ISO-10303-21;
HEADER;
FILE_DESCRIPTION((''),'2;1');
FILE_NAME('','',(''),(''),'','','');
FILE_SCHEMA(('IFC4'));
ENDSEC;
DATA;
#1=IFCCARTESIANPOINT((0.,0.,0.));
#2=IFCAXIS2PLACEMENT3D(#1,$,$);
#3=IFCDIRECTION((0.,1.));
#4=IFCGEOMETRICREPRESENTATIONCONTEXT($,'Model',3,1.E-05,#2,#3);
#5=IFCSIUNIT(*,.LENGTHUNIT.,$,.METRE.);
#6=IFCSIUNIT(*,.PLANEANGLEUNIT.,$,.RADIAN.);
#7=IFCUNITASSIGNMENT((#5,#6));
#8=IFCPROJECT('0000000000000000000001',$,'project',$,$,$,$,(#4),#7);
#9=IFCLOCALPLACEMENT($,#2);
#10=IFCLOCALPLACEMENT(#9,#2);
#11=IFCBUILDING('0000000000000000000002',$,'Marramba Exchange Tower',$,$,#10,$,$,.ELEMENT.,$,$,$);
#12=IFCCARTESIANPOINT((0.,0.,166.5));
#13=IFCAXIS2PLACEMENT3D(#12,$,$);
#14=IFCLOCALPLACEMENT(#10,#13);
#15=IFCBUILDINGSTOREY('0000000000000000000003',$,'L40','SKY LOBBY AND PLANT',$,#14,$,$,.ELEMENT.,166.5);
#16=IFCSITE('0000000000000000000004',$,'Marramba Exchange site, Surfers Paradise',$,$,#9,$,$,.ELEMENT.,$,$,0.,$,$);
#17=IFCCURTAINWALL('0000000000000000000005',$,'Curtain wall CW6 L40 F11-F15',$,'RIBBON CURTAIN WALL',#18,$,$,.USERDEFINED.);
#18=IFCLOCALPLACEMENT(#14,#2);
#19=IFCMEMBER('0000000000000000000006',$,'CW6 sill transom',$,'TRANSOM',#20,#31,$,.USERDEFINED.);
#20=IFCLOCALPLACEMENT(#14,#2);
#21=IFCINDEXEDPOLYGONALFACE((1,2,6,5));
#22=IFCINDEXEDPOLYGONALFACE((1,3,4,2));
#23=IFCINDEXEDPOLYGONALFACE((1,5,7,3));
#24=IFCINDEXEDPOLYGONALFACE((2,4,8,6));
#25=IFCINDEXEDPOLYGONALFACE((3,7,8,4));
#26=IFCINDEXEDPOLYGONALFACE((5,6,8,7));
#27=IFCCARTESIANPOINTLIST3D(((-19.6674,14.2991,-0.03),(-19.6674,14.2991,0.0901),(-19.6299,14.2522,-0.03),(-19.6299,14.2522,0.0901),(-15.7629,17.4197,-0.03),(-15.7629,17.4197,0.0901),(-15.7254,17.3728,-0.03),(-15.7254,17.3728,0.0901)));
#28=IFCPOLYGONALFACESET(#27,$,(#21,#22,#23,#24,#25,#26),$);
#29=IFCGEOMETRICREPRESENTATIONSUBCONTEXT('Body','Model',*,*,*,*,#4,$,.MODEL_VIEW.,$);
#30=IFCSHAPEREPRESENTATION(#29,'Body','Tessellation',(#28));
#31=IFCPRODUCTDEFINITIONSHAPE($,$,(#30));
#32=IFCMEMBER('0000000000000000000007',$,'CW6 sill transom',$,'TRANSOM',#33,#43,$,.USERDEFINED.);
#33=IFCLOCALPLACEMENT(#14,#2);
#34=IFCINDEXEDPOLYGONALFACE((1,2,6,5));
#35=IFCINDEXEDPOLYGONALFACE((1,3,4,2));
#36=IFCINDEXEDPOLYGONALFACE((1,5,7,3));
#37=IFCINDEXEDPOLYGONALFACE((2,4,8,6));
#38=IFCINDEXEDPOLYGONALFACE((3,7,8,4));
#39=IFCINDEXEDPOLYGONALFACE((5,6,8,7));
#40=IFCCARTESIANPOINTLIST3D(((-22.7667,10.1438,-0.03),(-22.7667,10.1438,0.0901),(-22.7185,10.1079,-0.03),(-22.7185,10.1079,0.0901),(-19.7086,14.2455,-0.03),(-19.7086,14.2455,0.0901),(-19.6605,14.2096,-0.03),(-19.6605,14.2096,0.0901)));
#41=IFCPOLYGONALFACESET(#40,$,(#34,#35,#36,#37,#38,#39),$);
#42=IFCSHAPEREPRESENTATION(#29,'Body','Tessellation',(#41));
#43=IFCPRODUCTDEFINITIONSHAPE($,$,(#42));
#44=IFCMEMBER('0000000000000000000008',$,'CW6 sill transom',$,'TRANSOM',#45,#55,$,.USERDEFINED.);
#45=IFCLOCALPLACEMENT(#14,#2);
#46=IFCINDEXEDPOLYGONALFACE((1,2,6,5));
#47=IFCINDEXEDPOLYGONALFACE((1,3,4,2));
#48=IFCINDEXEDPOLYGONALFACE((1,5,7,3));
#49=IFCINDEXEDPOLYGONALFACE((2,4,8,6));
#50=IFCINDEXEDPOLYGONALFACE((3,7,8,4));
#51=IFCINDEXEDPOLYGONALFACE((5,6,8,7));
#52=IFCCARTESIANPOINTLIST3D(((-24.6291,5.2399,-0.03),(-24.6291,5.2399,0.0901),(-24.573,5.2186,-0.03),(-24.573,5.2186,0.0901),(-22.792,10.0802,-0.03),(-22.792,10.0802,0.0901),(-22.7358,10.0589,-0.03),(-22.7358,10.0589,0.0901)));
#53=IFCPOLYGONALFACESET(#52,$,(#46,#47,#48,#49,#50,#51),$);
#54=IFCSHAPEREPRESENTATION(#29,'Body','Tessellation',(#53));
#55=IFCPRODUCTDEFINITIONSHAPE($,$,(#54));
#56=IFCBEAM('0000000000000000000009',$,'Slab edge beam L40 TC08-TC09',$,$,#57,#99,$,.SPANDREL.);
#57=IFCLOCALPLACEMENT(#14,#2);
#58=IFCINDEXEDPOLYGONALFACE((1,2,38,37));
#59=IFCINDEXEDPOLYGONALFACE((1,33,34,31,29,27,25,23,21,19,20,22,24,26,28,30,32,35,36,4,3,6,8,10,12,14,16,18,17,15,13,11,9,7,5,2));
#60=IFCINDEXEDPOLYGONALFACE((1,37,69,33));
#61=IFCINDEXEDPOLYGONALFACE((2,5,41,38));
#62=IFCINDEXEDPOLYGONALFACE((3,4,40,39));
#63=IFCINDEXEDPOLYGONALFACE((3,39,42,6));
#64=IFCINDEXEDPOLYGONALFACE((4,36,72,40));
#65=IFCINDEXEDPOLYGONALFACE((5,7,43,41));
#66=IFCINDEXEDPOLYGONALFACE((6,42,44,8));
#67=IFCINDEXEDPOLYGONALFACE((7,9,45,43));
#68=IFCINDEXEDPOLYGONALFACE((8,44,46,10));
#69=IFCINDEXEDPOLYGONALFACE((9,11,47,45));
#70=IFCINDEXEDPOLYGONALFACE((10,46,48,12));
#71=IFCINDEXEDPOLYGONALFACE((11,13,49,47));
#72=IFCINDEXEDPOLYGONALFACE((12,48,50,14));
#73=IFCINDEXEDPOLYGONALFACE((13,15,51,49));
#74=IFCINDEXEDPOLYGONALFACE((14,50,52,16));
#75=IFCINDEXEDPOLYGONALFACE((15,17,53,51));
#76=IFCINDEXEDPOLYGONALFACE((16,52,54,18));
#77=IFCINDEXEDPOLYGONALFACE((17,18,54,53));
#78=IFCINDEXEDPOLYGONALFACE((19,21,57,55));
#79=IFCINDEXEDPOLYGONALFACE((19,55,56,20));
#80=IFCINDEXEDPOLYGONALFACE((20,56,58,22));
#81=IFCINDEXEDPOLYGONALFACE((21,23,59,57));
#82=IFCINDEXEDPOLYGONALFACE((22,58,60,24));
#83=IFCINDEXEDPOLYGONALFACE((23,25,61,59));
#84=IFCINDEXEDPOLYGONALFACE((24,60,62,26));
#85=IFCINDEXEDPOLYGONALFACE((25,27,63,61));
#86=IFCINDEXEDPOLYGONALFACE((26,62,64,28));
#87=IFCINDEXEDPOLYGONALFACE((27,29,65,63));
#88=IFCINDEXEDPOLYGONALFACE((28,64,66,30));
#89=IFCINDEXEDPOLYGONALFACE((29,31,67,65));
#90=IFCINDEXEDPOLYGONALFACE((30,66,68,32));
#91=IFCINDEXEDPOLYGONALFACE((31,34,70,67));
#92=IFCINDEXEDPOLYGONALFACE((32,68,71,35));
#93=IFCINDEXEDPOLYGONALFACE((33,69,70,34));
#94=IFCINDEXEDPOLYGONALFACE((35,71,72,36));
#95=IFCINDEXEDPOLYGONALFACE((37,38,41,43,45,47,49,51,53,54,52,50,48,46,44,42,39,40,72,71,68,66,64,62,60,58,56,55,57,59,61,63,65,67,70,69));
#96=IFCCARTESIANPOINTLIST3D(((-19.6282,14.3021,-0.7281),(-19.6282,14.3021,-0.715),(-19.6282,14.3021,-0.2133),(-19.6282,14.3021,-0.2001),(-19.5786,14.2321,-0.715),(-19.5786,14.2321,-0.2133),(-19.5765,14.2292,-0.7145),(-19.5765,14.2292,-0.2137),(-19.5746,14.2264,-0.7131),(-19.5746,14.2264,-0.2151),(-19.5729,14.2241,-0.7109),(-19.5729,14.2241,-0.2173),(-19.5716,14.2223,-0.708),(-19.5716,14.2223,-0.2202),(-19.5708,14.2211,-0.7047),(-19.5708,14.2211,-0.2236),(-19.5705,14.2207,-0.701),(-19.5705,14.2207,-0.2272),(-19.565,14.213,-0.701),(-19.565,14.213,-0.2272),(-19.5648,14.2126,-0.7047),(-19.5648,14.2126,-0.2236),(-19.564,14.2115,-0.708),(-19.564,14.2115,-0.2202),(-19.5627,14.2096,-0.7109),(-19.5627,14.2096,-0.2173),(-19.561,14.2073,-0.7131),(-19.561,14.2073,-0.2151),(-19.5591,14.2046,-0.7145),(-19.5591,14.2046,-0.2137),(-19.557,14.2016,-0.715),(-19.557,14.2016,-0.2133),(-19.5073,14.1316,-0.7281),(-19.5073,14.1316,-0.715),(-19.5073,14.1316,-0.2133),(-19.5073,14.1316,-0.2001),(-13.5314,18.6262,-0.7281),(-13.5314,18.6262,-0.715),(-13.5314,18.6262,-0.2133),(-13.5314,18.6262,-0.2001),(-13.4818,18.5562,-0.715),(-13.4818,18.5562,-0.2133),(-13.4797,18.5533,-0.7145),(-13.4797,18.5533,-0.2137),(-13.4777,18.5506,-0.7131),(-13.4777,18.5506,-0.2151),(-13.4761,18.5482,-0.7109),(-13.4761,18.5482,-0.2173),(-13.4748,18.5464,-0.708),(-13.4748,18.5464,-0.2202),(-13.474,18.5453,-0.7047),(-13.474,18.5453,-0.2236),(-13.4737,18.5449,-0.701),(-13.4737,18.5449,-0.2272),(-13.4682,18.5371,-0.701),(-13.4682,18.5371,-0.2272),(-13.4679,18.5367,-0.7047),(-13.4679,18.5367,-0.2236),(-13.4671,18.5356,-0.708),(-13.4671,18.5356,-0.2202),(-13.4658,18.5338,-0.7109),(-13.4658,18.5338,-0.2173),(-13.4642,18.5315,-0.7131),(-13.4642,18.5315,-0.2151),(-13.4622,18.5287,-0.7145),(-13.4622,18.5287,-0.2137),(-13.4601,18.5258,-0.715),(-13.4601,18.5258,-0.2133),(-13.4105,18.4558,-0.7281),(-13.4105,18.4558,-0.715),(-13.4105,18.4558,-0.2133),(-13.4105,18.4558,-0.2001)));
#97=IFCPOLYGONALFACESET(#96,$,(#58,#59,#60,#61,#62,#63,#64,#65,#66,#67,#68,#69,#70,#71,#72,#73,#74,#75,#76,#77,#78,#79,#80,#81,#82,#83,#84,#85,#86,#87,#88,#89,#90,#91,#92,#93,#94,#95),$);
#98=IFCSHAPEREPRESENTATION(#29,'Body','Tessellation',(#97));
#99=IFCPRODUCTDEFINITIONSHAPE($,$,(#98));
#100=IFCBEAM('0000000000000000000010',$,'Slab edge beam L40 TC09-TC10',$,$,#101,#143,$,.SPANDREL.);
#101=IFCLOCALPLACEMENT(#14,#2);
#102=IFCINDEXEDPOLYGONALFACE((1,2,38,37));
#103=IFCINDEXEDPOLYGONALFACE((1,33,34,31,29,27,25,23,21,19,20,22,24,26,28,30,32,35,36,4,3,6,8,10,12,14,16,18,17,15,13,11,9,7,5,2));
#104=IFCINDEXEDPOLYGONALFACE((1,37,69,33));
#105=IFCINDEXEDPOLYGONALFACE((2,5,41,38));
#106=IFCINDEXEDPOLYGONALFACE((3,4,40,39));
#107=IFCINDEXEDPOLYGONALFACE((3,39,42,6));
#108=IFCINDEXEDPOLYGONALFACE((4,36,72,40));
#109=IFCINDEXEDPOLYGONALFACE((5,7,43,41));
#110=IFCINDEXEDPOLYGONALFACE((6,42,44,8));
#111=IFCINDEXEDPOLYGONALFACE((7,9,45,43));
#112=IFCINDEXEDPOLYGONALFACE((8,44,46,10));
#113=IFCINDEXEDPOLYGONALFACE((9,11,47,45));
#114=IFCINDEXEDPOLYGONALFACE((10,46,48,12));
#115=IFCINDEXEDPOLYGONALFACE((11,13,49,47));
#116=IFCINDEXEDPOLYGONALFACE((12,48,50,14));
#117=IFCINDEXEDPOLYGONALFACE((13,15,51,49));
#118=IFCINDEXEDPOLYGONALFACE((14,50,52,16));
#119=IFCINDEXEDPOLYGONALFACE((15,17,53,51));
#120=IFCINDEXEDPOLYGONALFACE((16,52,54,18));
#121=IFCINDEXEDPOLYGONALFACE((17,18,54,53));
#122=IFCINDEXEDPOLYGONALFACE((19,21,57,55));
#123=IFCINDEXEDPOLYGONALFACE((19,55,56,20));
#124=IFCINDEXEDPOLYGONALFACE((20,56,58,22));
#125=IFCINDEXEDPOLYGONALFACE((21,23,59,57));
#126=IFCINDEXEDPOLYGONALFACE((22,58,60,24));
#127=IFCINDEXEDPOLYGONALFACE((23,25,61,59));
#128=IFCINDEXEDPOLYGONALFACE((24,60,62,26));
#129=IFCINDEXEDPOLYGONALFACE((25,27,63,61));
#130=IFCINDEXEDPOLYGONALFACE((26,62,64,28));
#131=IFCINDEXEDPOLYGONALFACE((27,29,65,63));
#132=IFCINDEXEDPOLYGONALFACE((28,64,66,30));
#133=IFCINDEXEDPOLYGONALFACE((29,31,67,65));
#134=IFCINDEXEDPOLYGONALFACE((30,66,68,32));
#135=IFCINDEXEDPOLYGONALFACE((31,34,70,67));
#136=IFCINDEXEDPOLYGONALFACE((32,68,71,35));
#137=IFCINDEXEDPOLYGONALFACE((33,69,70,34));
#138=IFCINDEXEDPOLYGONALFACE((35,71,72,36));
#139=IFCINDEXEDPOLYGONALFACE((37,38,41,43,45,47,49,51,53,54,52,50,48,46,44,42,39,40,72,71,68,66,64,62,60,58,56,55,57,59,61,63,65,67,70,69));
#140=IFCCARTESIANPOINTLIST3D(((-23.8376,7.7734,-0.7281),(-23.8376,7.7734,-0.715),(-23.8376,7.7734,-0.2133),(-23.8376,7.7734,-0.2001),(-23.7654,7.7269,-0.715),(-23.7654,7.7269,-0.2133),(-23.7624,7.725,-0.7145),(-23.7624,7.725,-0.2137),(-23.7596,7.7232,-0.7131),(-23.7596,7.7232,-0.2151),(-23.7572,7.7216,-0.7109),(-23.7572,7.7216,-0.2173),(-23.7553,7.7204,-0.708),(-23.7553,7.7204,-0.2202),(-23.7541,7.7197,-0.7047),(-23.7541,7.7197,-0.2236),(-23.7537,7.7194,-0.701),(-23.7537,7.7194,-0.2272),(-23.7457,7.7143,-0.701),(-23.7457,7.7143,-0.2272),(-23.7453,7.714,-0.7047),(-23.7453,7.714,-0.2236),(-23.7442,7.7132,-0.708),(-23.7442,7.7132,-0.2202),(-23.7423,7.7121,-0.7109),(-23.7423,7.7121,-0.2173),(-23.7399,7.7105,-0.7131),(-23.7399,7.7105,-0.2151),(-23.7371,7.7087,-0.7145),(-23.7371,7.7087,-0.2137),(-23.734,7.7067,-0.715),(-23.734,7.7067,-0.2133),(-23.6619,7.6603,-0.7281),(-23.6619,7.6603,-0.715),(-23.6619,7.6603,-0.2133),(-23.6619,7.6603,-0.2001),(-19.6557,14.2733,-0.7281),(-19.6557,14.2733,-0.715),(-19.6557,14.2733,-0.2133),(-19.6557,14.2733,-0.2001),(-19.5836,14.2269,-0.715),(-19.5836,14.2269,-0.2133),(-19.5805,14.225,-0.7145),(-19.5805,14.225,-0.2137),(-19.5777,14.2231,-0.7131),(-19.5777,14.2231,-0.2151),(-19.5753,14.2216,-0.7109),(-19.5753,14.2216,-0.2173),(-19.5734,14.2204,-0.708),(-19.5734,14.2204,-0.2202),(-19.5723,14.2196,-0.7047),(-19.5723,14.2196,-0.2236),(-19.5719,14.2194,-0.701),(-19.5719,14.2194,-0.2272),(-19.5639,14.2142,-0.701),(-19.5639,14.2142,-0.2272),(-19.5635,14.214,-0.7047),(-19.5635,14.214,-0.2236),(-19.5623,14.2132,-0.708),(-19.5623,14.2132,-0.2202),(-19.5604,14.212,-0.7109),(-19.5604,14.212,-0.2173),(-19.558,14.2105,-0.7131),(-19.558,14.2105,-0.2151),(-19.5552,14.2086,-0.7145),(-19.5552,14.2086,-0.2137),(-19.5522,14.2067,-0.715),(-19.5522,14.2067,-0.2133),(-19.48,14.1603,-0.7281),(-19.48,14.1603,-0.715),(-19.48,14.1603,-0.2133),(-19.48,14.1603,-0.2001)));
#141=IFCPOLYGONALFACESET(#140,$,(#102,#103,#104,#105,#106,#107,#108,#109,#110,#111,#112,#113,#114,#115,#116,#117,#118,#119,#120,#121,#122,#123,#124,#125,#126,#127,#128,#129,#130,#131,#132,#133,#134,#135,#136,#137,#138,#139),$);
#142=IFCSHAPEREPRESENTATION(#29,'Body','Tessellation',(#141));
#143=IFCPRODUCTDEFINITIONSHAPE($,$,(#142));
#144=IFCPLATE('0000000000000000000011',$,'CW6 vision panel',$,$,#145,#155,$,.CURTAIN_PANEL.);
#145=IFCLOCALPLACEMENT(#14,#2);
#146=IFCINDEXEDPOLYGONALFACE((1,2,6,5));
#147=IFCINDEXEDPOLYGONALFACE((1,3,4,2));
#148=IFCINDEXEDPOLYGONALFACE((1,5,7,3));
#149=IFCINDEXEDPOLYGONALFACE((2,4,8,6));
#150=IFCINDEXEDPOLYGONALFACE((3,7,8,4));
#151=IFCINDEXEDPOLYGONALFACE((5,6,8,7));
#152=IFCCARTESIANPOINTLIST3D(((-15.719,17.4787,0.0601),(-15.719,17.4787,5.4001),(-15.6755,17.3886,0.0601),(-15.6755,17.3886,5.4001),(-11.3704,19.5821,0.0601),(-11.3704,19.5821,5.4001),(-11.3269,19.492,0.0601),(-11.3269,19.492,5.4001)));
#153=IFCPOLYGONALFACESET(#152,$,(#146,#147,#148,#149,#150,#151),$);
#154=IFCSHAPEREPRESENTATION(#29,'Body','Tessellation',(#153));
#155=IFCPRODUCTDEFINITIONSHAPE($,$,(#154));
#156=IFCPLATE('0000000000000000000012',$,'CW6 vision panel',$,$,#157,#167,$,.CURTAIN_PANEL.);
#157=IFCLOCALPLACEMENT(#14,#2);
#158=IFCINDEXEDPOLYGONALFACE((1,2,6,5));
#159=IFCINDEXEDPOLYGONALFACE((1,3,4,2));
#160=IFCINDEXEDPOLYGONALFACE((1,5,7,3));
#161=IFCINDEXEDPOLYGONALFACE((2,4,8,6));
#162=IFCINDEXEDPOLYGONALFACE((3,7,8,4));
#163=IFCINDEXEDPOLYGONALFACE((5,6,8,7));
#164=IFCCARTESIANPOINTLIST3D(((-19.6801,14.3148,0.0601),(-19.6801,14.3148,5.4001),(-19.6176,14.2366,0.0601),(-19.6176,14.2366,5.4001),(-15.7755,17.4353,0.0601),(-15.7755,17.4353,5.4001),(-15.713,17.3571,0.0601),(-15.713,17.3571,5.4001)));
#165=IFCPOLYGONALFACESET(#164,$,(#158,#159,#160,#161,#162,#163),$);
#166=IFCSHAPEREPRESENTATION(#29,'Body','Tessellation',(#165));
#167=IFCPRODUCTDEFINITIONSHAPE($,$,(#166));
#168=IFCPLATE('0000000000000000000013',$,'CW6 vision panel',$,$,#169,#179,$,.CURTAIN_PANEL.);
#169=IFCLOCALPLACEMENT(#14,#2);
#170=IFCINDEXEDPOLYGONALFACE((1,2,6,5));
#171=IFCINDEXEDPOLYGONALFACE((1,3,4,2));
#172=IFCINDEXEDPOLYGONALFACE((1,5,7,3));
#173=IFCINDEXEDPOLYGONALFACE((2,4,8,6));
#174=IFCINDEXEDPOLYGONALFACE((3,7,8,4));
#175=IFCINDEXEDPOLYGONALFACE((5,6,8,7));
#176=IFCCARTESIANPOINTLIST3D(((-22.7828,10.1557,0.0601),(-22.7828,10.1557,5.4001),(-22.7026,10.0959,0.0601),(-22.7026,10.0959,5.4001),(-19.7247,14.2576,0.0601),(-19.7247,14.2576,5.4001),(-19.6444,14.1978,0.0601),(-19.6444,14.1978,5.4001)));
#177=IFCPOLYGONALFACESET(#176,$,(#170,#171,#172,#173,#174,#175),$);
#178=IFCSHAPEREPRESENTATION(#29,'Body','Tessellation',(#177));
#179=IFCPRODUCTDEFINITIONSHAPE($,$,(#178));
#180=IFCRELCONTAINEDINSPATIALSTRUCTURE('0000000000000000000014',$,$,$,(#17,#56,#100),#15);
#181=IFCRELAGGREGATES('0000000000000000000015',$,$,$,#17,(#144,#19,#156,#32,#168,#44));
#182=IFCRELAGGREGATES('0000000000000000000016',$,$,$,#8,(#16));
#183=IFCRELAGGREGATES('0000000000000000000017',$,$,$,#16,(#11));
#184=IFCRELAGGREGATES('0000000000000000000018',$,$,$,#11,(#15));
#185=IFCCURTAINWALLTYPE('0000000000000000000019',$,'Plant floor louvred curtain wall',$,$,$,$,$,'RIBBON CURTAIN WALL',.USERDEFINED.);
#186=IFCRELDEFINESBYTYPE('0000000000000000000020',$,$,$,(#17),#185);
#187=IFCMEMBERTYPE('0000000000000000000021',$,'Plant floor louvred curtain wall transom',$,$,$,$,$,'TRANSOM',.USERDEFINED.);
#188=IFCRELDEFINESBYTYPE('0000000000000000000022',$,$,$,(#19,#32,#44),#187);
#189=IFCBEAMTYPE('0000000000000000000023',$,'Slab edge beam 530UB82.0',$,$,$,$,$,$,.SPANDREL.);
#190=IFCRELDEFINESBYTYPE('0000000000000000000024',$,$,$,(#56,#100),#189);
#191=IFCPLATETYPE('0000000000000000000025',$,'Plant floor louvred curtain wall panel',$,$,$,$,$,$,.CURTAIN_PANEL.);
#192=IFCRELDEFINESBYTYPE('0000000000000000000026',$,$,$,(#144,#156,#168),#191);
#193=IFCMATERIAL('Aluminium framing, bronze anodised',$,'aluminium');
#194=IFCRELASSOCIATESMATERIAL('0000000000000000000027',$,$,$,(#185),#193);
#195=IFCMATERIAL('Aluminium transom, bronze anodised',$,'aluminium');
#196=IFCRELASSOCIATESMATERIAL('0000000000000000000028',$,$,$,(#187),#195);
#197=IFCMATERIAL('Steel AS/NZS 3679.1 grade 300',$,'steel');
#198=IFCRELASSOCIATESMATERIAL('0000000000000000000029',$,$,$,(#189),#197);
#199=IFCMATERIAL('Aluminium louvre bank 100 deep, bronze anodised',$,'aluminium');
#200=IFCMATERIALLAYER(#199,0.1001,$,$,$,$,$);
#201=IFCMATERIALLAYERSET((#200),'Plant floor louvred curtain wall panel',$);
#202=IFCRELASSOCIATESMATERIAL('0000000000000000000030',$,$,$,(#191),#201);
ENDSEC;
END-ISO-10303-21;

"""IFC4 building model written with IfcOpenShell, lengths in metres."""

from ifc_helpers import new_model, si_unit, direction, frame, origin, origin_2d, place, context, subcontext, project, spatial, rectangle, i_section, extrude, material, layer, layer_set, material_profile, profile_set, type_object, element, aggregate, save


model = new_model("IFC4")

# Units and contexts
model_context = context("Model", 3, precision=1e-05, world=origin(), true_north=direction((0.0, 1.0)))
body_context = subcontext(model_context, "Body", "Model", "MODEL_VIEW")
ifc_project = project(units=[si_unit("LENGTHUNIT", "METRE"), si_unit("PLANEANGLEUNIT", "RADIAN")], contexts=[model_context])

# Site, building, storey
site_placement = place(None, origin())
site = spatial("IfcSite", under=ifc_project, at=site_placement, Name="Marramba Exchange site, Surfers Paradise", CompositionType="ELEMENT", RefElevation=0.0)
building_placement = place(site_placement, origin())
building = spatial("IfcBuilding", under=site, at=building_placement, Name="Marramba Exchange Tower", CompositionType="ELEMENT")
storey_placement = place(building_placement, frame((0.0, 0.0, 166.5)))
storey = spatial("IfcBuildingStorey", under=building, at=storey_placement, Name="L40", Description="SKY LOBBY AND PLANT", CompositionType="ELEMENT", Elevation=166.5)

# Shared definitions
ifc_material_1 = material(Name="Steel AS/NZS 3679.1 grade 300", Category="steel")

# Curtain wall, members
ifc_material_2 = material(Name="Aluminium framing, bronze anodised", Category="aluminium")
curtain_wall_type = type_object("IfcCurtainWallType", Name="Plant floor louvred curtain wall", ElementType="RIBBON CURTAIN WALL", PredefinedType="USERDEFINED", material=ifc_material_2)
curtain_wall_placement = place(storey_placement, origin())
curtain_wall = element("IfcCurtainWall", 1, at=curtain_wall_placement, inside=storey, type_object=curtain_wall_type, Name="Curtain wall CW6 L40 F11-F15", ObjectType="RIBBON CURTAIN WALL", PredefinedType="USERDEFINED")
ifc_material_3 = material(Name="Aluminium transom, bronze anodised", Category="aluminium")
ifc_material_profile_1 = material_profile(ifc_material_3, rectangle(XDim=0.0601, YDim=0.1201, at=origin_2d()), Name="CW6 transom 60x120")
ifc_profile_set_1 = profile_set([ifc_material_profile_1], Name="Aluminium transom, bronze anodised")
member_type_1 = type_object("IfcMemberType", Name="Plant floor louvred curtain wall transom", ElementType="TRANSOM", PredefinedType="USERDEFINED", material=ifc_profile_set_1)
member_1_placement = place(storey_placement, frame((-15.7441, 17.3962, 0.03), z_axis=(-0.781164, -0.624326, 0.0), x_axis=(0.624326, -0.781164, 0.0)))
member_1 = element("IfcMember", 2, at=member_1_placement, type_object=member_type_1, Name="CW6 sill transom", ObjectType="TRANSOM", PredefinedType="USERDEFINED", context=body_context, shape_type="SweptSolid", body=[
    extrude(rectangle(XDim=0.0601, YDim=0.1201, at=origin_2d()), origin(), (0.0, 0.0, 1.0), 4.9983),
])
member_2_placement = place(storey_placement, frame((-19.6846, 14.2275, 0.03), z_axis=(-0.597715, -0.801709, 0.0), x_axis=(0.801709, -0.597715, 0.0)))
member_2 = element("IfcMember", 3, at=member_2_placement, type_object=member_type_1, Name="CW6 sill transom", ObjectType="TRANSOM", PredefinedType="USERDEFINED", context=body_context, shape_type="SweptSolid", body=[
    extrude(rectangle(XDim=0.0601, YDim=0.1201, at=origin_2d()), origin(), (0.0, 0.0, 1.0), 5.1162),
])
member_3_placement = place(storey_placement, frame((-22.7639, 10.0696, 0.03), z_axis=(-0.354852, -0.934923, 0.0), x_axis=(0.934923, -0.354852, 0.0)))
member_3 = element("IfcMember", 4, at=member_3_placement, type_object=member_type_1, Name="CW6 sill transom", ObjectType="TRANSOM", PredefinedType="USERDEFINED", context=body_context, shape_type="SweptSolid", body=[
    extrude(rectangle(XDim=0.0601, YDim=0.1201, at=origin_2d()), origin(), (0.0, 0.0, 1.0), 5.1772),
])

# Beams
ifc_material_profile_2 = material_profile(ifc_material_1, i_section(OverallWidth=0.209, OverallDepth=0.5281, WebThickness=0.0095, FlangeThickness=0.0132, FilletRadius=0.0139, at=origin_2d()), Name="530UB82.0")
ifc_profile_set_2 = profile_set([ifc_material_profile_2], Name="Steel AS/NZS 3679.1 grade 300")
beam_type_1 = type_object("IfcBeamType", Name="Slab edge beam 530UB82.0", PredefinedType="SPANDREL", material=ifc_profile_set_2)
beam_1_placement = place(storey_placement, frame((-13.4709, 18.541, -0.4641), z_axis=(-0.815673, -0.578513, 0.0), x_axis=(0.578513, -0.815673, 0.0)))
element("IfcBeam", 5, at=beam_1_placement, inside=storey, type_object=beam_type_1, Name="Slab edge beam L40 TC08-TC09", PredefinedType="SPANDREL", context=body_context, shape_type="SweptSolid", body=[
    extrude(i_section(OverallWidth=0.209, OverallDepth=0.5281, WebThickness=0.0095, FlangeThickness=0.0132, FilletRadius=0.0139, at=origin_2d()), origin(), (0.0, 0.0, 1.0), 7.4746),
])
beam_2_placement = place(storey_placement, frame((-19.5679, 14.2168, -0.4641), z_axis=(-0.541061, -0.840983, 0.0), x_axis=(0.840983, -0.541061, 0.0)))
element("IfcBeam", 6, at=beam_2_placement, inside=storey, type_object=beam_type_1, Name="Slab edge beam L40 TC09-TC10", PredefinedType="SPANDREL", context=body_context, shape_type="SweptSolid", body=[
    extrude(i_section(OverallWidth=0.209, OverallDepth=0.5281, WebThickness=0.0095, FlangeThickness=0.0132, FilletRadius=0.0139, at=origin_2d()), origin(), (0.0, 0.0, 1.0), 7.729),
])

# Plates
ifc_material_4 = material(Name="Aluminium louvre bank 100 deep, bronze anodised", Category="aluminium")
ifc_layer_1 = layer(ifc_material_4, 0.1001)
ifc_layer_set_1 = layer_set([ifc_layer_1], Name="Plant floor louvred curtain wall panel")
plate_type = type_object("IfcPlateType", Name="Plant floor louvred curtain wall panel", PredefinedType="CURTAIN_PANEL", material=ifc_layer_set_1)
plate_1_placement = place(storey_placement, frame((-13.5229, 18.4854, 0.0601), z_axis=(0.0, 0.0, 1.0), x_axis=(-0.900224, -0.435428, 0.0)))
plate_1 = element("IfcPlate", 7, at=plate_1_placement, type_object=plate_type, Name="CW6 vision panel", PredefinedType="CURTAIN_PANEL", context=body_context, shape_type="SweptSolid", body=[
    extrude(rectangle(XDim=4.8306, YDim=0.1001, at=origin_2d()), origin(), (0.0, 0.0, 1.0), 5.3401),
])
plate_2_placement = place(storey_placement, frame((-17.6965, 15.8359, 0.0601), z_axis=(0.0, 0.0, 1.0), x_axis=(-0.781178, -0.624308, 0.0)))
plate_2 = element("IfcPlate", 8, at=plate_2_placement, type_object=plate_type, Name="CW6 vision panel", PredefinedType="CURTAIN_PANEL", context=body_context, shape_type="SweptSolid", body=[
    extrude(rectangle(XDim=4.9983, YDim=0.1001, at=origin_2d()), origin(), (0.0, 0.0, 1.0), 5.3401),
])
plate_3_placement = place(storey_placement, frame((-21.2136, 12.1768, 0.0601), z_axis=(0.0, 0.0, 1.0), x_axis=(-0.597704, -0.801717, 0.0)))
plate_3 = element("IfcPlate", 9, at=plate_3_placement, type_object=plate_type, Name="CW6 vision panel", PredefinedType="CURTAIN_PANEL", context=body_context, shape_type="SweptSolid", body=[
    extrude(rectangle(XDim=5.1165, YDim=0.1001, at=origin_2d()), origin(), (0.0, 0.0, 1.0), 5.3401),
])
aggregate(curtain_wall, [plate_1, member_1, plate_2, member_2, plate_3, member_3])

save(model, "model.ifc")
